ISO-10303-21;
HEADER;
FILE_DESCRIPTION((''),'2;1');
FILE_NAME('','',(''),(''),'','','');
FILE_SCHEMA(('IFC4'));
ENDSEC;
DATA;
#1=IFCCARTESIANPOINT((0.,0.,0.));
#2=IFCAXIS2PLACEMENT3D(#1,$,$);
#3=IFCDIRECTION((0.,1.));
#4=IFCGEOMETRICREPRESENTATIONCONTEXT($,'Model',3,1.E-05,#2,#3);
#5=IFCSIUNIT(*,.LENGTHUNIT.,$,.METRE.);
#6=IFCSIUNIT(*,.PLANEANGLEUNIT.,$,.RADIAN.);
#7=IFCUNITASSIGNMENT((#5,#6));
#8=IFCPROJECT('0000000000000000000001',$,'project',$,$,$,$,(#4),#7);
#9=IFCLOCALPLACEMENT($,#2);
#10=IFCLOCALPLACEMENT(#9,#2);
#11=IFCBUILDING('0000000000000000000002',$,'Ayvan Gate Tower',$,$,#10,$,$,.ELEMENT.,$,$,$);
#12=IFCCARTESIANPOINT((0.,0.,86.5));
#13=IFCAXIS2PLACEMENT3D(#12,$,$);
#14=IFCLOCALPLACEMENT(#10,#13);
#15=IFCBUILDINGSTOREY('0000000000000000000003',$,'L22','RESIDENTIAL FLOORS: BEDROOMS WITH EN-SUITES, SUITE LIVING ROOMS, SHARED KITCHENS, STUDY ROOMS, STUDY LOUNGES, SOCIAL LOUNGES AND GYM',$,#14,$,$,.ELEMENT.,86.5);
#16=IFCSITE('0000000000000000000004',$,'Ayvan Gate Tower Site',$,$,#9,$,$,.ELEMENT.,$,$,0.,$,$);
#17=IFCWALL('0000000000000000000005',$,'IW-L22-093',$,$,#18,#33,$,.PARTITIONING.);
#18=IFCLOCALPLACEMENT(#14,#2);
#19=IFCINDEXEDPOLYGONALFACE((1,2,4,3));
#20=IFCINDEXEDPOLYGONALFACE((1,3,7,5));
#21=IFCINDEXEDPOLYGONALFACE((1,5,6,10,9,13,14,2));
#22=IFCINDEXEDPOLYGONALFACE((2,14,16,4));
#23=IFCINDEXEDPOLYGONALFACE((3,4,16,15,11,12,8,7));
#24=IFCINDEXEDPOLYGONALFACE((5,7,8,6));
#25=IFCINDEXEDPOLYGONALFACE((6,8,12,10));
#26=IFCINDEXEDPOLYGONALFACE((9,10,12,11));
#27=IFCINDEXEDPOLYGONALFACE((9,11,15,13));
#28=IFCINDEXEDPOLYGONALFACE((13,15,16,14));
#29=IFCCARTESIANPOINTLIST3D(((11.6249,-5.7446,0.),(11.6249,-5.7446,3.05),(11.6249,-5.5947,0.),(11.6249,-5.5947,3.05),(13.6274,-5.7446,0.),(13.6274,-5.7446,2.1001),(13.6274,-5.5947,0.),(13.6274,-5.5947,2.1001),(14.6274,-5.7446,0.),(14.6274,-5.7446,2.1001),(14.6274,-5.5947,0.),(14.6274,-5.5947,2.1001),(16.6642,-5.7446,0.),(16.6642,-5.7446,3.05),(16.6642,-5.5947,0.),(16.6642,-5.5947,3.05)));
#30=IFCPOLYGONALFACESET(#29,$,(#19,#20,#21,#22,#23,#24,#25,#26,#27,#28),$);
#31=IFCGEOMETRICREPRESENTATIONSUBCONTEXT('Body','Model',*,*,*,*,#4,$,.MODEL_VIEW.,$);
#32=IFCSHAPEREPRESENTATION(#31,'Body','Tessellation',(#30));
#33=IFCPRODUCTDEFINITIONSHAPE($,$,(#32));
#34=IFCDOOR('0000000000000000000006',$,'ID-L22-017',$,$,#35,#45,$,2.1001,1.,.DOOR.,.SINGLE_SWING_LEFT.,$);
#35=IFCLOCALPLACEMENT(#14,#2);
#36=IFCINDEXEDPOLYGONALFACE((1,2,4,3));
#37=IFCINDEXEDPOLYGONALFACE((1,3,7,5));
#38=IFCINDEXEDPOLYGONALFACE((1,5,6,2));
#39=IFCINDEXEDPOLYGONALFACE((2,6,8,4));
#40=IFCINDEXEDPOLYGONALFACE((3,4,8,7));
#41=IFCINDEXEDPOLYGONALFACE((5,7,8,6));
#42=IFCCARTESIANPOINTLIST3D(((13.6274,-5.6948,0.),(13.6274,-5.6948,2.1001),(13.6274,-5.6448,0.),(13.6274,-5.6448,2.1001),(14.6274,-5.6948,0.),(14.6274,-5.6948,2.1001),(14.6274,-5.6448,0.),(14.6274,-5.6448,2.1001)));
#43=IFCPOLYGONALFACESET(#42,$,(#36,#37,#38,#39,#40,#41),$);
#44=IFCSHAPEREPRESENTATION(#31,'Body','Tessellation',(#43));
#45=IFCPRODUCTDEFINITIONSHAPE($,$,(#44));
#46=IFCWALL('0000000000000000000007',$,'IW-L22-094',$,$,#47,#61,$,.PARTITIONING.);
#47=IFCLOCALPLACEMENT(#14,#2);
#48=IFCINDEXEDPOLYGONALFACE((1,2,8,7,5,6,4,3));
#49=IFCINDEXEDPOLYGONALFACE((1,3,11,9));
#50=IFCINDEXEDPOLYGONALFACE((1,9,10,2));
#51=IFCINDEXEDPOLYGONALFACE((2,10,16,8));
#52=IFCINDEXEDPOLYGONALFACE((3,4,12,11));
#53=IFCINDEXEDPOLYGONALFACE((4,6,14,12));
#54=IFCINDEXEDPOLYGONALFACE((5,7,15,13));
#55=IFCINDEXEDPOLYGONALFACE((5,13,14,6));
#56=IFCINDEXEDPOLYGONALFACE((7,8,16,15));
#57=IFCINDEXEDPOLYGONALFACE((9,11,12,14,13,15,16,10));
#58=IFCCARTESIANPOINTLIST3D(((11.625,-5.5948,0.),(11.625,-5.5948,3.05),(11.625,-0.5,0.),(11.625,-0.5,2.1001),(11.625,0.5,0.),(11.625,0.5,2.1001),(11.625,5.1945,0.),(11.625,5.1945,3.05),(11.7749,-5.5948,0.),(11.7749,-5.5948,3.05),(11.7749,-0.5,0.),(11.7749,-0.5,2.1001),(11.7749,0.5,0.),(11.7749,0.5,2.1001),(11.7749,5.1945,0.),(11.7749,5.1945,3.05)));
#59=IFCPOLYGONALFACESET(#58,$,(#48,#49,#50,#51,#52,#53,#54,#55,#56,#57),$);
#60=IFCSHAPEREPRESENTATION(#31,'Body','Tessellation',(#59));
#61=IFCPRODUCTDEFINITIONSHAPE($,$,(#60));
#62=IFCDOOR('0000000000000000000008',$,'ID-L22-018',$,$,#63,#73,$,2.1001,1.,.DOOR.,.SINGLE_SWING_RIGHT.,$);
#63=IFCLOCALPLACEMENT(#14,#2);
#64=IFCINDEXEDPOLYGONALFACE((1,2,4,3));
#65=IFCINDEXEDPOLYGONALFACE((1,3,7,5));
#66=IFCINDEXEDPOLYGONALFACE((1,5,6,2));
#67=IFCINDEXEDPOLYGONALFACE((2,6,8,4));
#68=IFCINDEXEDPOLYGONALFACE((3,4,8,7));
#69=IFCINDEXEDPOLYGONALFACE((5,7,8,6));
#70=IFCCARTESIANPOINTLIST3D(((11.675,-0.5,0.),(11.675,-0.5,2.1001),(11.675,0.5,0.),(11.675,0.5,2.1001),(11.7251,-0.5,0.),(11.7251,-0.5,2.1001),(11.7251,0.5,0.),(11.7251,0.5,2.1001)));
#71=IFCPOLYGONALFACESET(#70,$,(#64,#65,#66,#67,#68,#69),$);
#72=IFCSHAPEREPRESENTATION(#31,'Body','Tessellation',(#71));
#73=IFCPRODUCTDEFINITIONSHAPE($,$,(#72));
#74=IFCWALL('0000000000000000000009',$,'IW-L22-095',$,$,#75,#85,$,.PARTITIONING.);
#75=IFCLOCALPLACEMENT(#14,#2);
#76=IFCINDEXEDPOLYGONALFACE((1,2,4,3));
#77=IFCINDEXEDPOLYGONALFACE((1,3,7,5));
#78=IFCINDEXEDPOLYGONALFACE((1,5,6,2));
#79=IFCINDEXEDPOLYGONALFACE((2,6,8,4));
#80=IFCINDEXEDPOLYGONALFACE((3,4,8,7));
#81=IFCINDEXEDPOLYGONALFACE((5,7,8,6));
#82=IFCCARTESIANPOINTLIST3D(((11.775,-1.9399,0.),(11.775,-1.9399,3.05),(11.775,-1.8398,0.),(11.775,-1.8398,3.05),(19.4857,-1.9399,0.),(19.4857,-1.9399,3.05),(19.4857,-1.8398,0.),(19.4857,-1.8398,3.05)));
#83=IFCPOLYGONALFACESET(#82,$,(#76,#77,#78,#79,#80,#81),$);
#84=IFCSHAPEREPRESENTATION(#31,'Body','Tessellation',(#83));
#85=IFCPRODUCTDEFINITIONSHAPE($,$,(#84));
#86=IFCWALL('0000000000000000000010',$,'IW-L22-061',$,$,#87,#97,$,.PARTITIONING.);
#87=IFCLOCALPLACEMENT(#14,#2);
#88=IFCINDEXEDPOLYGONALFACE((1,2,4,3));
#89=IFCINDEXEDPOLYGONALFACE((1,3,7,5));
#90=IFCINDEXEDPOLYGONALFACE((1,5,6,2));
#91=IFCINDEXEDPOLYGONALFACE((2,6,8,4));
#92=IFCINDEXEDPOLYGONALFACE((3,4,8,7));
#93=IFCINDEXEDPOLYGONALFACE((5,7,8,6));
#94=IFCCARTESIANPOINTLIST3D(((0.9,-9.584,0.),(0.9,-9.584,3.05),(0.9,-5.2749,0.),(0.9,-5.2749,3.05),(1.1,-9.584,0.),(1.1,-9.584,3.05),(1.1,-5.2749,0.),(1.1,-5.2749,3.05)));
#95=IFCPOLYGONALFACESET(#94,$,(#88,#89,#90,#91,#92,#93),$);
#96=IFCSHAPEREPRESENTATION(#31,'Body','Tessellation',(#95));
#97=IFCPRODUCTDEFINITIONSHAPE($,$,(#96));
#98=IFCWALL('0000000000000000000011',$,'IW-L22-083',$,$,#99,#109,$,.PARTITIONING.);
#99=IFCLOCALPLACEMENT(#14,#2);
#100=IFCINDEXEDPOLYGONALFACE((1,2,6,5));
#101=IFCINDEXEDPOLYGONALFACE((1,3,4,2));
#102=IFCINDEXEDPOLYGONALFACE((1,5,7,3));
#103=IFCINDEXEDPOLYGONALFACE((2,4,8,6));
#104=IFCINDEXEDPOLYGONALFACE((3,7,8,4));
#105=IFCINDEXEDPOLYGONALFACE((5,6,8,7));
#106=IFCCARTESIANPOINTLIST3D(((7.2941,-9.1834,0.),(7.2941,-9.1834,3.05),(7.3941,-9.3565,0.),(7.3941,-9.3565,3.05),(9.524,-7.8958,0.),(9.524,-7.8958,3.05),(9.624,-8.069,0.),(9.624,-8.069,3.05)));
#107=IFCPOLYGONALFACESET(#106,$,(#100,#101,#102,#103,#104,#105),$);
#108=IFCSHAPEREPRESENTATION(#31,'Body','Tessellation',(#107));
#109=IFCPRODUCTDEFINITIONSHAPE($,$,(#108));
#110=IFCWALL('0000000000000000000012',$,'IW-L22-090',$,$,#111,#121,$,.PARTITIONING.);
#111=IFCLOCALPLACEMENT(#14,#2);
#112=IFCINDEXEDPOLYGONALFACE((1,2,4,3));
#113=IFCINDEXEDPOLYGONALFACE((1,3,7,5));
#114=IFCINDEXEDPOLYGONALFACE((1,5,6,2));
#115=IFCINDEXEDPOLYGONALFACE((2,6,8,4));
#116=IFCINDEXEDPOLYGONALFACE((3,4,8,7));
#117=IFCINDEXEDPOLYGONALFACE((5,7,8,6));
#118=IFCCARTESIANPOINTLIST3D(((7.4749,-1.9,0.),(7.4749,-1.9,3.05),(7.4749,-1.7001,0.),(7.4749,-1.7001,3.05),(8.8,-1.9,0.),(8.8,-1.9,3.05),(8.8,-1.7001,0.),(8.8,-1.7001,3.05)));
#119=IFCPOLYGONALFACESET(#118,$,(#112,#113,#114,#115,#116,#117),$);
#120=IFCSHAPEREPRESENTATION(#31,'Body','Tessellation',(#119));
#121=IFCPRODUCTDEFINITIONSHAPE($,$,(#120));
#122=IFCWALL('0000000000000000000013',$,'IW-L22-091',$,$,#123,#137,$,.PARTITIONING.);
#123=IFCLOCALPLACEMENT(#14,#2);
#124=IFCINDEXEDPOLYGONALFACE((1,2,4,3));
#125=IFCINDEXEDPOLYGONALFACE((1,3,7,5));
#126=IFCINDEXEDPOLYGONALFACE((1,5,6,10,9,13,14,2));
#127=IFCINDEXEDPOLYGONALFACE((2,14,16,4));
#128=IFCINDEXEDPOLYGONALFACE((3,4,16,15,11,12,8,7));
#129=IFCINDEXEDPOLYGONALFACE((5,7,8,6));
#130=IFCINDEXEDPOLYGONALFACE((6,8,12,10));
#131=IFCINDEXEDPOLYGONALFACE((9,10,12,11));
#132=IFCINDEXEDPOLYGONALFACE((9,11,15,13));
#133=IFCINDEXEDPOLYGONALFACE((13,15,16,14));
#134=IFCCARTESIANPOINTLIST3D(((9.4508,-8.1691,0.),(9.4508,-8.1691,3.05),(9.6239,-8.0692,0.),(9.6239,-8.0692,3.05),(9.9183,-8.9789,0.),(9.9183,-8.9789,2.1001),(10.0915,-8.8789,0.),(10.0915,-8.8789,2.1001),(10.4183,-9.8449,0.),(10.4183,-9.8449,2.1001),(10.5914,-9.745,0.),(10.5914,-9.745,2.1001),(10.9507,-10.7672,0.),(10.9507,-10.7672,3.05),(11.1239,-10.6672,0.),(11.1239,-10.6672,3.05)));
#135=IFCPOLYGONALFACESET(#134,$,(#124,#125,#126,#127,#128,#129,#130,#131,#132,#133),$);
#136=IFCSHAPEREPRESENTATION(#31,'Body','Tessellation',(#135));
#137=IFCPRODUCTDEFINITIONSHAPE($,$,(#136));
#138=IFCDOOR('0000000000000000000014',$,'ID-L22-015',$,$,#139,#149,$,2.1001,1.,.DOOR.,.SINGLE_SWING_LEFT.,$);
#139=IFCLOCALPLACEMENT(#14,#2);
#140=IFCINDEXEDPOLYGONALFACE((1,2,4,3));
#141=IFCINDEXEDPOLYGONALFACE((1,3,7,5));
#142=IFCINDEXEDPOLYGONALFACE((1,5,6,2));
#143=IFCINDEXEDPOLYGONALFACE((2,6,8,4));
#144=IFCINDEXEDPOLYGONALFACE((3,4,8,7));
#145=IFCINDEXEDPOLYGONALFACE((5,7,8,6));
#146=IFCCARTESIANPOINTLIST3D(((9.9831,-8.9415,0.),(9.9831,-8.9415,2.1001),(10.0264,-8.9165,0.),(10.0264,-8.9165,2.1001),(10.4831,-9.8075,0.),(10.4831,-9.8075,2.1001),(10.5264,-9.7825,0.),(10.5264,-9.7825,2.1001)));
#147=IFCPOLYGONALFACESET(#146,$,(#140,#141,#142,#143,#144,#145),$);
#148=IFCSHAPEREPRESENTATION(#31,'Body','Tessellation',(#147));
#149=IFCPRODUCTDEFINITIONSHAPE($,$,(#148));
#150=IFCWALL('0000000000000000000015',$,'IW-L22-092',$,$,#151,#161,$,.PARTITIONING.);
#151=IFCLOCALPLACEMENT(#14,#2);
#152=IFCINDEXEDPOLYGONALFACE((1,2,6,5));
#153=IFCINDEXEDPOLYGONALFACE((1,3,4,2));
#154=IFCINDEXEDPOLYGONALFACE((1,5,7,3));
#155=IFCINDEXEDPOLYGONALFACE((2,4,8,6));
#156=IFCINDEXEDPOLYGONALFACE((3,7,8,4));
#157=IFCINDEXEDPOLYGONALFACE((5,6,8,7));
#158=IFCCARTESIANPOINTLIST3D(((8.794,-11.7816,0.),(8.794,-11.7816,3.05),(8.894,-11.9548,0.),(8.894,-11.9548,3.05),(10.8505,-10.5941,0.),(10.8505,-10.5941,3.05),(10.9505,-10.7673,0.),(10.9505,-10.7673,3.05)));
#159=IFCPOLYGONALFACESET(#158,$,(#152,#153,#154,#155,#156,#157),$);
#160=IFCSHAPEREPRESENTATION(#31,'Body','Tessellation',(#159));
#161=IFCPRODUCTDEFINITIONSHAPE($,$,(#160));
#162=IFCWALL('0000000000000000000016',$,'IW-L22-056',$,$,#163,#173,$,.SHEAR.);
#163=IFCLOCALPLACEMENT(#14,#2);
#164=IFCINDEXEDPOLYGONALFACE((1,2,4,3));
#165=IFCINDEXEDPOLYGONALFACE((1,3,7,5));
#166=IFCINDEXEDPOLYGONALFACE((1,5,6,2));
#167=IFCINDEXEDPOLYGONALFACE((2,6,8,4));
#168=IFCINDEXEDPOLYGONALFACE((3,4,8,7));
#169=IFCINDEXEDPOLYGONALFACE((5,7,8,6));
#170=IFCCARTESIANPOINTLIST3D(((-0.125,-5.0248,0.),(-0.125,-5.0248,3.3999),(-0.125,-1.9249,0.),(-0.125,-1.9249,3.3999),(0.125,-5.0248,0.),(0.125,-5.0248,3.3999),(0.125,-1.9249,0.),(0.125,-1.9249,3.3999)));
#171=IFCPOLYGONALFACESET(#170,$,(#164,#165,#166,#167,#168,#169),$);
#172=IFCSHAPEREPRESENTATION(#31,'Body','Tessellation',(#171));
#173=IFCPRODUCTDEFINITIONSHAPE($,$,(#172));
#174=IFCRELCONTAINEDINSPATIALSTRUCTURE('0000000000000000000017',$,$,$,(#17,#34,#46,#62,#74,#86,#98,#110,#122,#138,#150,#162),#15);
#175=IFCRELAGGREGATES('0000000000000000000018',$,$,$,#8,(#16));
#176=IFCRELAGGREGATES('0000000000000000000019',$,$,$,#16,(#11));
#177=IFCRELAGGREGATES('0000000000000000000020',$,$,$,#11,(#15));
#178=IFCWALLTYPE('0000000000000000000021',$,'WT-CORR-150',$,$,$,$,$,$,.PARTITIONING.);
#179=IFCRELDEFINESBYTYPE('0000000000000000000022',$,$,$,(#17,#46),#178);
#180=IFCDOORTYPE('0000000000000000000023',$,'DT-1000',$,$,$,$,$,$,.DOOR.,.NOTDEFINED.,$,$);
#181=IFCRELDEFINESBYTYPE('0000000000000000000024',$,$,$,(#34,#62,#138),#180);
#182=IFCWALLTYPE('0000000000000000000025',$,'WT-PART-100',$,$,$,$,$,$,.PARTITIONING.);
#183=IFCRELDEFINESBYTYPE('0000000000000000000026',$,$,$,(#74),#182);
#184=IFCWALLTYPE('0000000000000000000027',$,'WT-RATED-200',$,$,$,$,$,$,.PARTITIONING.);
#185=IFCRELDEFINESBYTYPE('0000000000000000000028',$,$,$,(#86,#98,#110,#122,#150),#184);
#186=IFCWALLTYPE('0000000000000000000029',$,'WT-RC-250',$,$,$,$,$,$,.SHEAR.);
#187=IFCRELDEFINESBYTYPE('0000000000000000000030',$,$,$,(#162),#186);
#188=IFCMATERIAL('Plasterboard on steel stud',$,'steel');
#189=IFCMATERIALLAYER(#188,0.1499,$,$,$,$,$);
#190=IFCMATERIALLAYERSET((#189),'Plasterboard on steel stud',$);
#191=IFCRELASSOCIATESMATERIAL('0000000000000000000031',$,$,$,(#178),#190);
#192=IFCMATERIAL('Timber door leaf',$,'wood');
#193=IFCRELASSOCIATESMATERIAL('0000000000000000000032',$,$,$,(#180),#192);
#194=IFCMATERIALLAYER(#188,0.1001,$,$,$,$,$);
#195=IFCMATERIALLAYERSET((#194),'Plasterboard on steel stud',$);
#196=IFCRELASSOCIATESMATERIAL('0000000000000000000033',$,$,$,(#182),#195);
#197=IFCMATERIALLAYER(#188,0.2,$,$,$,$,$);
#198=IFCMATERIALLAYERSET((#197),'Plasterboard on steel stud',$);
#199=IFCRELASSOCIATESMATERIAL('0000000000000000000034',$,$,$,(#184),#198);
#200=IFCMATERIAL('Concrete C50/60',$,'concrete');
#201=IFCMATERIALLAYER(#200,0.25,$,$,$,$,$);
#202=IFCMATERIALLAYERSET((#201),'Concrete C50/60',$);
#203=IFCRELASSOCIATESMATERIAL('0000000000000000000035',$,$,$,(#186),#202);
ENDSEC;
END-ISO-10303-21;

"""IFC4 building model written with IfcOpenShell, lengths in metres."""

from ifc_helpers import new_model, si_unit, direction, frame, frame_2d, origin, place, context, subcontext, project, spatial, rectangle, extrude, material, layer, layer_set, type_object, element, fill, save


model = new_model("IFC4")

# Units and contexts
model_context = context("Model", 3, precision=1e-05, world=origin(), true_north=direction((0.0, 1.0)))
body_context = subcontext(model_context, "Body", "Model", "MODEL_VIEW")
ifc_project = project(units=[si_unit("LENGTHUNIT", "METRE"), si_unit("PLANEANGLEUNIT", "RADIAN")], contexts=[model_context])

# Site, building, storey
site_placement = place(None, origin())
site = spatial("IfcSite", under=ifc_project, at=site_placement, Name="Ayvan Gate Tower Site", CompositionType="ELEMENT", RefElevation=0.0)
building_placement = place(site_placement, origin())
building = spatial("IfcBuilding", under=site, at=building_placement, Name="Ayvan Gate Tower", CompositionType="ELEMENT")
storey_placement = place(building_placement, frame((0.0, 0.0, 86.5)))
storey = spatial("IfcBuildingStorey", under=building, at=storey_placement, Name="L22", Description="RESIDENTIAL FLOORS: BEDROOMS WITH EN-SUITES, SUITE LIVING ROOMS, SHARED KITCHENS, STUDY ROOMS, STUDY LOUNGES, SOCIAL LOUNGES AND GYM", CompositionType="ELEMENT", Elevation=86.5)

# Walls, openings, doors
ifc_material_1 = material(Name="Timber door leaf", Category="wood")
ifc_material_2 = material(Name="Plasterboard on steel stud", Category="steel")
ifc_layer_1 = layer(ifc_material_2, 0.1499)
ifc_layer_set_1 = layer_set([ifc_layer_1], Name="Plasterboard on steel stud")
wall_type_1 = type_object("IfcWallType", Name="WT-CORR-150", PredefinedType="PARTITIONING", material=ifc_layer_set_1)
wall_1_placement = place(storey_placement, frame((11.625, -5.6697, 0.0), z_axis=(0.0, 0.0, 1.0), x_axis=(1.0, 0.0, 0.0)))
wall_1 = element("IfcWall", 1, at=wall_1_placement, inside=storey, type_object=wall_type_1, Name="IW-L22-093", PredefinedType="PARTITIONING", context=body_context, shape_type="SweptSolid", body=[
    extrude(rectangle(XDim=5.0393, YDim=0.1499, at=frame_2d((2.5195, 0.0))), origin(), (0.0, 0.0, 1.0), 3.05),
])
opening_1_placement = place(wall_1_placement, frame((2.0024, 0.0, 0.0)))
opening_1 = element("IfcOpeningElement", 2, at=opening_1_placement, cuts=wall_1, PredefinedType="OPENING", context=body_context, shape_type="SweptSolid", body=[
    extrude(rectangle(XDim=1.0, YDim=2.1001, at=frame_2d((0.5, 1.05))), frame((0.0, 0.085, 0.0), z_axis=(0.0, -1.0, 0.0), x_axis=(1.0, 0.0, 0.0)), (0.0, 0.0, 1.0), 0.1699),
])
door_type_1 = type_object("IfcDoorType", Name="DT-1000", OperationType="NOTDEFINED", PredefinedType="DOOR", material=ifc_material_1)
door_1_placement = place(opening_1_placement, origin())
door_1 = element("IfcDoor", 3, at=door_1_placement, inside=storey, type_object=door_type_1, Name="ID-L22-017", OperationType="SINGLE_SWING_LEFT", OverallHeight=2.1001, OverallWidth=1.0, PredefinedType="DOOR", context=body_context, shape_type="SweptSolid", body=[
    extrude(rectangle(XDim=1.0, YDim=2.1001, at=frame_2d((0.5, 1.05))), frame((0.0, 0.0249, 0.0), z_axis=(0.0, -1.0, 0.0), x_axis=(1.0, 0.0, 0.0)), (0.0, 0.0, 1.0), 0.05),
])
fill(opening_1, door_1)
wall_2_placement = place(storey_placement, frame((11.7, -5.5947, 0.0), z_axis=(0.0, 0.0, 1.0), x_axis=(0.0, 1.0, 0.0)))
wall_2 = element("IfcWall", 4, at=wall_2_placement, inside=storey, type_object=wall_type_1, Name="IW-L22-094", PredefinedType="PARTITIONING", context=body_context, shape_type="SweptSolid", body=[
    extrude(rectangle(XDim=10.7893, YDim=0.1499, at=frame_2d((5.3945, 0.0))), origin(), (0.0, 0.0, 1.0), 3.05),
])
opening_2_placement = place(wall_2_placement, frame((5.0947, 0.0, 0.0)))
opening_2 = element("IfcOpeningElement", 5, at=opening_2_placement, cuts=wall_2, PredefinedType="OPENING", context=body_context, shape_type="SweptSolid", body=[
    extrude(rectangle(XDim=1.0, YDim=2.1001, at=frame_2d((0.5, 1.05))), frame((0.0, 0.085, 0.0), z_axis=(0.0, -1.0, 0.0), x_axis=(1.0, 0.0, 0.0)), (0.0, 0.0, 1.0), 0.1699),
])
door_2_placement = place(opening_2_placement, origin())
door_2 = element("IfcDoor", 6, at=door_2_placement, inside=storey, type_object=door_type_1, Name="ID-L22-018", OperationType="SINGLE_SWING_RIGHT", OverallHeight=2.1001, OverallWidth=1.0, PredefinedType="DOOR", context=body_context, shape_type="SweptSolid", body=[
    extrude(rectangle(XDim=1.0, YDim=2.1001, at=frame_2d((0.5, 1.05))), frame((0.0, 0.0249, 0.0), z_axis=(0.0, -1.0, 0.0), x_axis=(1.0, 0.0, 0.0)), (0.0, 0.0, 1.0), 0.05),
])
fill(opening_2, door_2)

# Walls
ifc_layer_2 = layer(ifc_material_2, 0.1001)
ifc_layer_set_2 = layer_set([ifc_layer_2], Name="Plasterboard on steel stud")
wall_type_2 = type_object("IfcWallType", Name="WT-PART-100", PredefinedType="PARTITIONING", material=ifc_layer_set_2)
wall_3_placement = place(storey_placement, frame((11.7749, -1.8899, 0.0), z_axis=(0.0, 0.0, 1.0), x_axis=(1.0, 0.0, 0.0)))
element("IfcWall", 7, at=wall_3_placement, inside=storey, type_object=wall_type_2, Name="IW-L22-095", PredefinedType="PARTITIONING", context=body_context, shape_type="SweptSolid", body=[
    extrude(rectangle(XDim=7.7107, YDim=0.1001, at=frame_2d((3.8555, 0.0))), origin(), (0.0, 0.0, 1.0), 3.05),
])
ifc_layer_3 = layer(ifc_material_2, 0.2)
ifc_layer_set_3 = layer_set([ifc_layer_3], Name="Plasterboard on steel stud")
wall_type_3 = type_object("IfcWallType", Name="WT-RATED-200", PredefinedType="PARTITIONING", material=ifc_layer_set_3)
wall_4_placement = place(storey_placement, frame((1.0, -5.2749, 0.0), z_axis=(0.0, 0.0, 1.0), x_axis=(0.0, -1.0, 0.0)))
element("IfcWall", 8, at=wall_4_placement, inside=storey, type_object=wall_type_3, Name="IW-L22-061", PredefinedType="PARTITIONING", context=body_context, shape_type="SweptSolid", body=[
    extrude(rectangle(XDim=4.3091, YDim=0.2, at=frame_2d((2.1545, 0.0))), origin(), (0.0, 0.0, 1.0), 3.05),
])
wall_5_placement = place(storey_placement, frame((7.344, -9.27, 0.0), z_axis=(0.0, 0.0, 1.0), x_axis=(0.866006, 0.500034, 0.0)))
element("IfcWall", 9, at=wall_5_placement, inside=storey, type_object=wall_type_3, Name="IW-L22-083", PredefinedType="PARTITIONING", context=body_context, shape_type="SweptSolid", body=[
    extrude(rectangle(XDim=2.575, YDim=0.2, at=frame_2d((1.2876, 0.0))), origin(), (0.0, 0.0, 1.0), 3.05),
])
wall_6_placement = place(storey_placement, frame((8.8, -1.8, 0.0), z_axis=(0.0, 0.0, 1.0), x_axis=(-1.0, 0.0, 0.0)))
element("IfcWall", 10, at=wall_6_placement, inside=storey, type_object=wall_type_3, Name="IW-L22-090", PredefinedType="PARTITIONING", context=body_context, shape_type="SweptSolid", body=[
    extrude(rectangle(XDim=1.3252, YDim=0.2, at=frame_2d((0.6626, 0.0))), origin(), (0.0, 0.0, 1.0), 3.05),
])

# Wall, opening, door
wall_7_placement = place(storey_placement, frame((9.5374, -8.1191, 0.0), z_axis=(0.0, 0.0, 1.0), x_axis=(0.49999, -0.866031, 0.0)))
wall_7 = element("IfcWall", 11, at=wall_7_placement, inside=storey, type_object=wall_type_3, Name="IW-L22-091", PredefinedType="PARTITIONING", context=body_context, shape_type="SweptSolid", body=[
    extrude(rectangle(XDim=3.0, YDim=0.2, at=frame_2d((1.5, 0.0))), origin(), (0.0, 0.0, 1.0), 3.05),
])
opening_3_placement = place(wall_7_placement, frame((0.9351, 0.0, 0.0)))
opening_3 = element("IfcOpeningElement", 12, at=opening_3_placement, cuts=wall_7, PredefinedType="OPENING", context=body_context, shape_type="SweptSolid", body=[
    extrude(rectangle(XDim=1.0, YDim=2.1001, at=frame_2d((0.5, 1.05))), frame((0.0, 0.1099, 0.0), z_axis=(0.0, -1.0, 0.0), x_axis=(1.0, 0.0, 0.0)), (0.0, 0.0, 1.0), 0.22),
])
door_3_placement = place(opening_3_placement, origin())
door_3 = element("IfcDoor", 13, at=door_3_placement, inside=storey, type_object=door_type_1, Name="ID-L22-015", OperationType="SINGLE_SWING_LEFT", OverallHeight=2.1001, OverallWidth=1.0, PredefinedType="DOOR", context=body_context, shape_type="SweptSolid", body=[
    extrude(rectangle(XDim=1.0, YDim=2.1001, at=frame_2d((0.5, 1.05))), frame((0.0, 0.0249, 0.0), z_axis=(0.0, -1.0, 0.0), x_axis=(1.0, 0.0, 0.0)), (0.0, 0.0, 1.0), 0.05),
])
fill(opening_3, door_3)

# Walls
wall_8_placement = place(storey_placement, frame((10.9006, -10.6807, 0.0), z_axis=(0.0, 0.0, 1.0), x_axis=(-0.866008, -0.500031, 0.0)))
element("IfcWall", 14, at=wall_8_placement, inside=storey, type_object=wall_type_3, Name="IW-L22-092", PredefinedType="PARTITIONING", context=body_context, shape_type="SweptSolid", body=[
    extrude(rectangle(XDim=2.3748, YDim=0.2, at=frame_2d((1.1875, 0.0))), origin(), (0.0, 0.0, 1.0), 3.05),
])
ifc_material_3 = material(Name="Concrete C50/60", Category="concrete")
ifc_layer_4 = layer(ifc_material_3, 0.25)
ifc_layer_set_4 = layer_set([ifc_layer_4], Name="Concrete C50/60")
wall_type_4 = type_object("IfcWallType", Name="WT-RC-250", PredefinedType="SHEAR", material=ifc_layer_set_4)
for number, where, z_axis, x_axis, name in (
    (15, (0.0, -1.925, 0.0), (0.0, 0.0, 1.0), (0.0, -1.0, 0.0), "IW-L22-056"),
):
    element("IfcWall", number, at=place(storey_placement, frame(where, z_axis=z_axis, x_axis=x_axis)), inside=storey, type_object=wall_type_4, Name=name, PredefinedType="SHEAR", context=body_context, shape_type="SweptSolid", body=[
        extrude(rectangle(XDim=3.0999, YDim=0.25, at=frame_2d((1.5498, 0.0))), origin(), (0.0, 0.0, 1.0), 3.3999),
    ])

save(model, "model.ifc")
